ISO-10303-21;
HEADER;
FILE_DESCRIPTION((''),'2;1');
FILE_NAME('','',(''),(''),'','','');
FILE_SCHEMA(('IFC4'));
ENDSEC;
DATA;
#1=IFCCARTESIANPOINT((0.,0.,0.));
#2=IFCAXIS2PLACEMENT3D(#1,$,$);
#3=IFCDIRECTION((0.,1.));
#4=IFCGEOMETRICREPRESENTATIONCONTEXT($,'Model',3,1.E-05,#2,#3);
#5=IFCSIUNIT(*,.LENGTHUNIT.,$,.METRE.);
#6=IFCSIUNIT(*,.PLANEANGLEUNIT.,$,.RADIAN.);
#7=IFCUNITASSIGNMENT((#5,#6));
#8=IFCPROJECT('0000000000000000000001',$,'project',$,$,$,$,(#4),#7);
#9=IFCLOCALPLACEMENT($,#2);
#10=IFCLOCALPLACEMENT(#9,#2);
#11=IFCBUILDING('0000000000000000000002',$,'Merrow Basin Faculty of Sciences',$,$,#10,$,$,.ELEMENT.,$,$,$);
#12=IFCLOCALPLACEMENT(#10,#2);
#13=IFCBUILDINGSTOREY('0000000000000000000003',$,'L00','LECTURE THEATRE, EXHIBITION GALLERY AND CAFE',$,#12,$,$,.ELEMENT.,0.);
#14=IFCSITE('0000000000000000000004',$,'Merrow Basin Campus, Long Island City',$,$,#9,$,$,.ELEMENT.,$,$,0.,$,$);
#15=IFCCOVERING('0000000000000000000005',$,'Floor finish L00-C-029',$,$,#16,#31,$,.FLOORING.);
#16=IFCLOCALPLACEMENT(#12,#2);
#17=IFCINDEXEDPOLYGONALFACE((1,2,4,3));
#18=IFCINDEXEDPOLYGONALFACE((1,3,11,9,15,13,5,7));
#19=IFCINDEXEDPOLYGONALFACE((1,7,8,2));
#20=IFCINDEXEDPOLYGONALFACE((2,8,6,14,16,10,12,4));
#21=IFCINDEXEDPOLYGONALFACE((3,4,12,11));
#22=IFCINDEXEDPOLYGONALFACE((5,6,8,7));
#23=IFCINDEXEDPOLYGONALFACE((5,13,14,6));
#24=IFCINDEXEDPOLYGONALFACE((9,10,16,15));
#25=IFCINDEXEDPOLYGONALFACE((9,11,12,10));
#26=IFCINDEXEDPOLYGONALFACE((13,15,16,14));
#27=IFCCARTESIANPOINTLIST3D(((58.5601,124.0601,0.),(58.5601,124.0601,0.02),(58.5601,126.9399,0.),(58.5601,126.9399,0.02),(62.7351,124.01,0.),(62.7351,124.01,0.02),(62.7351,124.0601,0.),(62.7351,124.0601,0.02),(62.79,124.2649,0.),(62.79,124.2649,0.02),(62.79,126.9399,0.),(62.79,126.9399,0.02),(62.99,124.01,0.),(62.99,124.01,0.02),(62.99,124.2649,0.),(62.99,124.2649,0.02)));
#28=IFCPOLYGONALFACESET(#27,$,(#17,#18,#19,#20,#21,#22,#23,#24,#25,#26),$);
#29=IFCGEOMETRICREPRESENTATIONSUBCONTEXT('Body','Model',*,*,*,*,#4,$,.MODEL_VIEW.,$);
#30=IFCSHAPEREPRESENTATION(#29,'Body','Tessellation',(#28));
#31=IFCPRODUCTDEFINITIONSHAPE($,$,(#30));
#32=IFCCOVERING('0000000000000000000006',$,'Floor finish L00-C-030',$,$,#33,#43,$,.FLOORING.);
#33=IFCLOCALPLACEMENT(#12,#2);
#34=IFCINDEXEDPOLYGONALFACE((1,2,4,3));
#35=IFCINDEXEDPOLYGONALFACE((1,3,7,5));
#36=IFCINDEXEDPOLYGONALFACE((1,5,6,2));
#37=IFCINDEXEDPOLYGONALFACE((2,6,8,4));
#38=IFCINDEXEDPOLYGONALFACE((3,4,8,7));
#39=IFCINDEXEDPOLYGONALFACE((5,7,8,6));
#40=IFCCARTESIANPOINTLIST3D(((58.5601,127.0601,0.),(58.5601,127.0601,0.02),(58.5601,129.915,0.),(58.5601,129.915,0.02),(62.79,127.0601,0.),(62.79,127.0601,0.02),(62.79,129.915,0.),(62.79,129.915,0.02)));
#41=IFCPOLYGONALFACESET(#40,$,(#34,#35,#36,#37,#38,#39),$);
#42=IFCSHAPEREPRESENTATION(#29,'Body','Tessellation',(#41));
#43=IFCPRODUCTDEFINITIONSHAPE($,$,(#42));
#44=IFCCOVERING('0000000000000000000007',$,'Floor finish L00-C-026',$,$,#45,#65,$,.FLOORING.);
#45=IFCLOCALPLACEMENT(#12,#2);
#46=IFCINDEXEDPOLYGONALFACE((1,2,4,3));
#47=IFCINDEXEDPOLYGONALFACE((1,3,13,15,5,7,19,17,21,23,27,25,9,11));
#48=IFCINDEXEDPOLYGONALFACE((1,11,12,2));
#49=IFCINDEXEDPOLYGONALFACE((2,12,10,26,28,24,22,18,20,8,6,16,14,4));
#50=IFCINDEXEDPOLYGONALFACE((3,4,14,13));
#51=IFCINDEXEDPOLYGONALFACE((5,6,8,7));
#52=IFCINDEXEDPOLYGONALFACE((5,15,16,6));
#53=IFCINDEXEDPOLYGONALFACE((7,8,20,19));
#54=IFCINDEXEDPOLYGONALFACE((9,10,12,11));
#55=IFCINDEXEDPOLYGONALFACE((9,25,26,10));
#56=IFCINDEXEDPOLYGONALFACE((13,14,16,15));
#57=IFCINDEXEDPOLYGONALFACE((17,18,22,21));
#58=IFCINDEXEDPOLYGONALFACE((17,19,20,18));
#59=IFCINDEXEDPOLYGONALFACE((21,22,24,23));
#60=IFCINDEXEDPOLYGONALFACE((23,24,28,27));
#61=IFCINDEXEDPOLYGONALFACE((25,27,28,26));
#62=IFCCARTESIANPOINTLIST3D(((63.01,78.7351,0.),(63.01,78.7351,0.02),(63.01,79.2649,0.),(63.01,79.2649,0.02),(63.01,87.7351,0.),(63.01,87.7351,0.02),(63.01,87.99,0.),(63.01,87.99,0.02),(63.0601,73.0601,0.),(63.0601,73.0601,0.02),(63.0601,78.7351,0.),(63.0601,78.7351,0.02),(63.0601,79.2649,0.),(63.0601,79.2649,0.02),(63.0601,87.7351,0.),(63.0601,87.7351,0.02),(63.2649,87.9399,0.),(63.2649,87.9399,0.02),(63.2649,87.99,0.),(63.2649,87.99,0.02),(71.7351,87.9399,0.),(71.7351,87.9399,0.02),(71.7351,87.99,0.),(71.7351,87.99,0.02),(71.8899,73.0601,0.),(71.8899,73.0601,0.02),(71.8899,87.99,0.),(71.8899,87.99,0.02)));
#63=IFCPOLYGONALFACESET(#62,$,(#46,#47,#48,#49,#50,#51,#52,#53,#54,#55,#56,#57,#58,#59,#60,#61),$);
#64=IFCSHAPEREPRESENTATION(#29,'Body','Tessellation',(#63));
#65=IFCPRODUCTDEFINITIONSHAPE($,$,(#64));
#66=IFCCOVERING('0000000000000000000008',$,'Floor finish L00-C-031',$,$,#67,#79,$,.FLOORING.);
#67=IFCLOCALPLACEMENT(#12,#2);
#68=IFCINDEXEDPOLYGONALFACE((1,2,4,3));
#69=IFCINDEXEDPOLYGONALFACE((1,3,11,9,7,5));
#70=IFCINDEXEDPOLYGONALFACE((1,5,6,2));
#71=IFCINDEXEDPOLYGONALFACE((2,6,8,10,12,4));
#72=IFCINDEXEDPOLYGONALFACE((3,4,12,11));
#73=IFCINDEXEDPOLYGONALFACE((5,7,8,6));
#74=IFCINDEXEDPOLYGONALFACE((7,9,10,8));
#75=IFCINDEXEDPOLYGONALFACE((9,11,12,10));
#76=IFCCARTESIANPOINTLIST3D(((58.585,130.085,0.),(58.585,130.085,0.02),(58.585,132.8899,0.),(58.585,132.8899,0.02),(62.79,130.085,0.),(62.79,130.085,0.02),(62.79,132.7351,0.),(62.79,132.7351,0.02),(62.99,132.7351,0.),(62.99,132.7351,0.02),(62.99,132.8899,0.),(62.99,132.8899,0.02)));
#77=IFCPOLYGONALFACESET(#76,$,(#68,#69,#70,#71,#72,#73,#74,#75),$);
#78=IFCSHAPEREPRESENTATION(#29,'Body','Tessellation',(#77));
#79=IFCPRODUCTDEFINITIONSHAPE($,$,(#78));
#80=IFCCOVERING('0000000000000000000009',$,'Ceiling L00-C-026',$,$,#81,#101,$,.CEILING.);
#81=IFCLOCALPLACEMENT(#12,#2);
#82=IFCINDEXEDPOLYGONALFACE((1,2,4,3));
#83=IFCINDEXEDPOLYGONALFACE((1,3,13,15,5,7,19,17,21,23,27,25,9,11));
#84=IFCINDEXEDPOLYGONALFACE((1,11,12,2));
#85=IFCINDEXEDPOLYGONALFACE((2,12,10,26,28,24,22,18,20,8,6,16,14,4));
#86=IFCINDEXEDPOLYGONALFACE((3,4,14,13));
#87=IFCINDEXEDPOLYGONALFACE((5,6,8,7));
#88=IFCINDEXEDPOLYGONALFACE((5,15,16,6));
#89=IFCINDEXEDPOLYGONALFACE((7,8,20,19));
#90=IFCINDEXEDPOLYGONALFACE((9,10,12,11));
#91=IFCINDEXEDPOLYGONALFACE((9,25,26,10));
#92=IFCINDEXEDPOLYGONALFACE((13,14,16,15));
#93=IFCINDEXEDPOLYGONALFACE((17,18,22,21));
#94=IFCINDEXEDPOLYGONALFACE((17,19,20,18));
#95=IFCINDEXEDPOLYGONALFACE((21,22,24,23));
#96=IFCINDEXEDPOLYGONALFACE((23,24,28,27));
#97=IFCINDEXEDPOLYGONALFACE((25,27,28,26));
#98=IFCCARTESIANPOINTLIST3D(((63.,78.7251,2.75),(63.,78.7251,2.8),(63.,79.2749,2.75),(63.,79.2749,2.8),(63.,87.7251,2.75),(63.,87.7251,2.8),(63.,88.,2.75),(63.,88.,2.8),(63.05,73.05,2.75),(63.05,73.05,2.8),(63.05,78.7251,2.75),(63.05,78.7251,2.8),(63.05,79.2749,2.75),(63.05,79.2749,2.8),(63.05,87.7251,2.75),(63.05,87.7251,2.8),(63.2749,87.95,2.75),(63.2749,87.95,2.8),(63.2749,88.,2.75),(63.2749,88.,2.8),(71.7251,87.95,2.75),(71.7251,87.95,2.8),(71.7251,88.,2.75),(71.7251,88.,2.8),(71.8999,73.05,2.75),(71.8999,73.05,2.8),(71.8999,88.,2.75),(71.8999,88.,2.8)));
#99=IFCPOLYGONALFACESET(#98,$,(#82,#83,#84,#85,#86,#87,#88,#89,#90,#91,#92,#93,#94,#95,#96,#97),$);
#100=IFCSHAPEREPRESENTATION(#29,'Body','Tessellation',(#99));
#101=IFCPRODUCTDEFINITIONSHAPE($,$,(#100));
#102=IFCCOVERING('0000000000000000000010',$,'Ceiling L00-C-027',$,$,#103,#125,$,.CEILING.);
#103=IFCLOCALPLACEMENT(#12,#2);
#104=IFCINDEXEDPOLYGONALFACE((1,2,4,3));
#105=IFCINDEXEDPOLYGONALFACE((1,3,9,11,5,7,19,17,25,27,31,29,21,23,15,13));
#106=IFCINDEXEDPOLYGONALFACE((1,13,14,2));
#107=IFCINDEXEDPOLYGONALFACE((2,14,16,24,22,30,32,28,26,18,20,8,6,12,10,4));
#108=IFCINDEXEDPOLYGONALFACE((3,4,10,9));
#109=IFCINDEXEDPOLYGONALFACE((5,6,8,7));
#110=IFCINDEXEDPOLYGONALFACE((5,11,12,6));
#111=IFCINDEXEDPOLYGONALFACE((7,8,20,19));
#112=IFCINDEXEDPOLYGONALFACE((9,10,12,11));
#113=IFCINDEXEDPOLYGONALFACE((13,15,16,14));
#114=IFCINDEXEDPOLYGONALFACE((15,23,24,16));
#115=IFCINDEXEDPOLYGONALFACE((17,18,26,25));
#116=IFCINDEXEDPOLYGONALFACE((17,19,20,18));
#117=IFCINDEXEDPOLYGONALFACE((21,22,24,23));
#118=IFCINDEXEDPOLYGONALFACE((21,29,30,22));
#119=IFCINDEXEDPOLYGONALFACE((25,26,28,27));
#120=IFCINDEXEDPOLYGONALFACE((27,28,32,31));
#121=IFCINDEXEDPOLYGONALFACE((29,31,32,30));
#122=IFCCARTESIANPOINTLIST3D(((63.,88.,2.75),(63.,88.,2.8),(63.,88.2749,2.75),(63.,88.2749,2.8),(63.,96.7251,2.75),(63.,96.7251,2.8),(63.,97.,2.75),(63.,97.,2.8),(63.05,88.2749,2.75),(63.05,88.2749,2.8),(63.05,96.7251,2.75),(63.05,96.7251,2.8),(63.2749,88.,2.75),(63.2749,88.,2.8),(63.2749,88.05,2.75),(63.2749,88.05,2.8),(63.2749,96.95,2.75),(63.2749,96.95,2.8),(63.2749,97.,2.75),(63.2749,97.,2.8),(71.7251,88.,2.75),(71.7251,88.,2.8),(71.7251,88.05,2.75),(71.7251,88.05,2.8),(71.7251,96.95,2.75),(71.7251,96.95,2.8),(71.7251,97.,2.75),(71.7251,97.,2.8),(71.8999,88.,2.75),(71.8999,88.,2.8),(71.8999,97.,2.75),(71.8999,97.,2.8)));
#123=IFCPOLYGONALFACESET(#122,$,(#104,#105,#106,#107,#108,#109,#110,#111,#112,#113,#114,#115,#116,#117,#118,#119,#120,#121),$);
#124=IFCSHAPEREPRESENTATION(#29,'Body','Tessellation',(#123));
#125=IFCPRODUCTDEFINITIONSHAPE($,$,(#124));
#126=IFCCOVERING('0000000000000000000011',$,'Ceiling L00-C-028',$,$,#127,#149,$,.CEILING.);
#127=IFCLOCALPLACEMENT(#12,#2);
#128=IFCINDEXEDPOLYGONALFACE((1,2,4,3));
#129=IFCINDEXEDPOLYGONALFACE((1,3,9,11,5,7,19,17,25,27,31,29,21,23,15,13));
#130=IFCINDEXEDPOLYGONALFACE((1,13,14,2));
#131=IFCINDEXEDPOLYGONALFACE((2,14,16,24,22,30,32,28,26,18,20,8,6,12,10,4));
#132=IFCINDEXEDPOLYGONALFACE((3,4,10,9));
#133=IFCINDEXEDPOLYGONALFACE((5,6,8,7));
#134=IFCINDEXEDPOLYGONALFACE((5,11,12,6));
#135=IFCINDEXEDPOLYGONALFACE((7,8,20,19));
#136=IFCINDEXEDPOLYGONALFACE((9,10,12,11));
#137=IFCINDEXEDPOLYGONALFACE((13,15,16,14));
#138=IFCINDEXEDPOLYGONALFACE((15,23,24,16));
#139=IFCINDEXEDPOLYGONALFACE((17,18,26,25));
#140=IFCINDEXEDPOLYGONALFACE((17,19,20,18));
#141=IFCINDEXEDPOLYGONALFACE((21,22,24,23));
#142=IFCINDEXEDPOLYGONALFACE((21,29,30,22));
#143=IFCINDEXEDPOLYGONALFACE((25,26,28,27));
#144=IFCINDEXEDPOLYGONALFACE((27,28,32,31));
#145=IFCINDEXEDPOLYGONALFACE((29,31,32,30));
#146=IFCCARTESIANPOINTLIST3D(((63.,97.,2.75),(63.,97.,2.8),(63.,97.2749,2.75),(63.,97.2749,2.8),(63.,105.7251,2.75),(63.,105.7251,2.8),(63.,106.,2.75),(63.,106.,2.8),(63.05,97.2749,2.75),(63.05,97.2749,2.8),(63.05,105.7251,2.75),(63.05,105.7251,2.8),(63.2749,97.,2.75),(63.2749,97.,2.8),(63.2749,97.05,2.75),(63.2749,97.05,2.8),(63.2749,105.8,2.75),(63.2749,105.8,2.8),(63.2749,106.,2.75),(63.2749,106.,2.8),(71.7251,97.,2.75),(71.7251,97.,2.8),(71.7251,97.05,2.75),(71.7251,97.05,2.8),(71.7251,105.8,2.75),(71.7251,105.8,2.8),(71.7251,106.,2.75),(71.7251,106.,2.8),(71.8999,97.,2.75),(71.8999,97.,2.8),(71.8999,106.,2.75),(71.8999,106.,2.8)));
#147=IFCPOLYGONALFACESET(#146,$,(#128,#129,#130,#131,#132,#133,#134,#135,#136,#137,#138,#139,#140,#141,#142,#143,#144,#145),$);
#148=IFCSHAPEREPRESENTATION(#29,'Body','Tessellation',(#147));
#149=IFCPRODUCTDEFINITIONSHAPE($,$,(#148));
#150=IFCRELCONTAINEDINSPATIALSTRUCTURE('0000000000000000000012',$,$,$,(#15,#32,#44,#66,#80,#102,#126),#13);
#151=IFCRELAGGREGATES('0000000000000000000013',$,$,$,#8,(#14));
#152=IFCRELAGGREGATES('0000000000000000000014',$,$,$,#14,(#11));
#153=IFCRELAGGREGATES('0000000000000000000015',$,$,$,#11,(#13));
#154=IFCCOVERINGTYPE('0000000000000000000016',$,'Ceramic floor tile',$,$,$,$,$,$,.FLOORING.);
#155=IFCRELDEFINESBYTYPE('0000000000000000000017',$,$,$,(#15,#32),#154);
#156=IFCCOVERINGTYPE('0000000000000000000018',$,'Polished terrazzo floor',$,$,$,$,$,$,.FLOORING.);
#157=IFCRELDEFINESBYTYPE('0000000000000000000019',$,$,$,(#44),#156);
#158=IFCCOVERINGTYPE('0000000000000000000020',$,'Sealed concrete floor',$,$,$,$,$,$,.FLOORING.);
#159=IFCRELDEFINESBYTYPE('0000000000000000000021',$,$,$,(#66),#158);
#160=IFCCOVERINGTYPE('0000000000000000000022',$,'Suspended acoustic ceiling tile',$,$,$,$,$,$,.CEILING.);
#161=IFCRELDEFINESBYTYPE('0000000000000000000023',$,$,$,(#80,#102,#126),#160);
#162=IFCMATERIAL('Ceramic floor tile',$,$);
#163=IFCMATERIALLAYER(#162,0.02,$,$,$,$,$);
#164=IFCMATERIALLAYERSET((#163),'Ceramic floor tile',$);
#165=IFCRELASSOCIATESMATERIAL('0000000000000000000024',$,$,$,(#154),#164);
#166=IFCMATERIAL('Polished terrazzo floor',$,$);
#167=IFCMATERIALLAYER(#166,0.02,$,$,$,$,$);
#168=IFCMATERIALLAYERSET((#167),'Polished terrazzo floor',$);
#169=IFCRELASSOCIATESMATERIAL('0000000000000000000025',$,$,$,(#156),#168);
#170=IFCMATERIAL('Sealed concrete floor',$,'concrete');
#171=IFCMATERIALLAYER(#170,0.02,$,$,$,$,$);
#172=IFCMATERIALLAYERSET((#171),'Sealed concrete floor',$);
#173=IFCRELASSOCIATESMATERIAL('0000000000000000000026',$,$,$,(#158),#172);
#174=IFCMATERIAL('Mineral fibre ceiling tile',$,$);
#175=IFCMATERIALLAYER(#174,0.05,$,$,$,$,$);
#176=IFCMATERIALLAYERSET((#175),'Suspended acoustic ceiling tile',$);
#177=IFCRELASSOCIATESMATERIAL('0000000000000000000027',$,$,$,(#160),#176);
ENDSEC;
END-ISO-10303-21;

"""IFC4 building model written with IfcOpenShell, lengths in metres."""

from ifc_helpers import new_model, si_unit, direction, frame, origin, place, context, subcontext, project, spatial, polyline, outline, extrude, material, layer, layer_set, type_object, element, save


model = new_model("IFC4")

# Units and contexts
model_context = context("Model", 3, precision=1e-05, world=origin(), true_north=direction((0.0, 1.0)))
body_context = subcontext(model_context, "Body", "Model", "MODEL_VIEW")
ifc_project = project(units=[si_unit("LENGTHUNIT", "METRE"), si_unit("PLANEANGLEUNIT", "RADIAN")], contexts=[model_context])

# Site, building, storey
site_placement = place(None, origin())
site = spatial("IfcSite", under=ifc_project, at=site_placement, Name="Merrow Basin Campus, Long Island City", CompositionType="ELEMENT", RefElevation=0.0)
building_placement = place(site_placement, origin())
building = spatial("IfcBuilding", under=site, at=building_placement, Name="Merrow Basin Faculty of Sciences", CompositionType="ELEMENT")
storey_placement = place(building_placement, origin())
storey = spatial("IfcBuildingStorey", under=building, at=storey_placement, Name="L00", Description="LECTURE THEATRE, EXHIBITION GALLERY AND CAFE", CompositionType="ELEMENT", Elevation=0.0)

# Coverings
ifc_material_1 = material(Name="Ceramic floor tile")
ifc_layer_1 = layer(ifc_material_1, 0.02)
ifc_layer_set_1 = layer_set([ifc_layer_1], Name="Ceramic floor tile")
covering_type_1 = type_object("IfcCoveringType", Name="Ceramic floor tile", PredefinedType="FLOORING", material=ifc_layer_set_1)
covering_1_placement = place(storey_placement, origin())
element("IfcCovering", 1, at=covering_1_placement, inside=storey, type_object=covering_type_1, Name="Floor finish L00-C-029", PredefinedType="FLOORING", context=body_context, shape_type="SweptSolid", body=[
    extrude(outline(polyline([(62.99, 124.01), (62.7351, 124.01), (62.7351, 124.0601), (58.5601, 124.0601), (58.5601, 126.9399), (62.79, 126.9399), (62.79, 124.2649), (62.99, 124.2649), (62.99, 124.01)])), origin(), (0.0, 0.0, 1.0), 0.02),
])
covering_2_placement = place(storey_placement, origin())
element("IfcCovering", 2, at=covering_2_placement, inside=storey, type_object=covering_type_1, Name="Floor finish L00-C-030", PredefinedType="FLOORING", context=body_context, shape_type="SweptSolid", body=[
    extrude(outline(polyline([(58.5601, 129.915), (62.79, 129.915), (62.79, 127.0601), (58.5601, 127.0601), (58.5601, 129.915)])), origin(), (0.0, 0.0, 1.0), 0.02),
])
ifc_material_2 = material(Name="Polished terrazzo floor")
ifc_layer_2 = layer(ifc_material_2, 0.02)
ifc_layer_set_2 = layer_set([ifc_layer_2], Name="Polished terrazzo floor")
covering_type_2 = type_object("IfcCoveringType", Name="Polished terrazzo floor", PredefinedType="FLOORING", material=ifc_layer_set_2)
covering_3_placement = place(storey_placement, origin())
element("IfcCovering", 3, at=covering_3_placement, inside=storey, type_object=covering_type_2, Name="Floor finish L00-C-026", PredefinedType="FLOORING", context=body_context, shape_type="SweptSolid", body=[
    extrude(outline(polyline([(63.01, 79.2649), (63.0601, 79.2649), (63.0601, 87.7351), (63.01, 87.7351), (63.01, 87.99), (63.2649, 87.99), (63.2649, 87.9399), (71.7351, 87.9399), (71.7351, 87.99), (71.8899, 87.99), (71.8899, 73.0601), (63.0601, 73.0601), (63.0601, 78.7351), (63.01, 78.7351), (63.01, 79.2649)])), origin(), (0.0, 0.0, 1.0), 0.02),
])
ifc_material_3 = material(Name="Sealed concrete floor", Category="concrete")
ifc_layer_3 = layer(ifc_material_3, 0.02)
ifc_layer_set_3 = layer_set([ifc_layer_3], Name="Sealed concrete floor")
covering_type_3 = type_object("IfcCoveringType", Name="Sealed concrete floor", PredefinedType="FLOORING", material=ifc_layer_set_3)
covering_4_placement = place(storey_placement, origin())
element("IfcCovering", 4, at=covering_4_placement, inside=storey, type_object=covering_type_3, Name="Floor finish L00-C-031", PredefinedType="FLOORING", context=body_context, shape_type="SweptSolid", body=[
    extrude(outline(polyline([(62.99, 132.8899), (62.99, 132.7351), (62.79, 132.7351), (62.79, 130.085), (58.585, 130.085), (58.585, 132.8899), (62.99, 132.8899)])), origin(), (0.0, 0.0, 1.0), 0.02),
])
ifc_material_4 = material(Name="Mineral fibre ceiling tile")
ifc_layer_4 = layer(ifc_material_4, 0.05)
ifc_layer_set_4 = layer_set([ifc_layer_4], Name="Suspended acoustic ceiling tile")
covering_type_4 = type_object("IfcCoveringType", Name="Suspended acoustic ceiling tile", PredefinedType="CEILING", material=ifc_layer_set_4)
covering_5_placement = place(storey_placement, frame((0.0, 0.0, 2.75)))
element("IfcCovering", 5, at=covering_5_placement, inside=storey, type_object=covering_type_4, Name="Ceiling L00-C-026", PredefinedType="CEILING", context=body_context, shape_type="SweptSolid", body=[
    extrude(outline(polyline([(63.0, 79.2749), (63.05, 79.2749), (63.05, 87.7251), (63.0, 87.7251), (63.0, 88.0), (63.2749, 88.0), (63.2749, 87.95), (71.7251, 87.95), (71.7251, 88.0), (71.8999, 88.0), (71.8999, 73.05), (63.05, 73.05), (63.05, 78.7251), (63.0, 78.7251), (63.0, 79.2749)])), origin(), (0.0, 0.0, 1.0), 0.05),
])
covering_6_placement = place(storey_placement, frame((0.0, 0.0, 2.75)))
element("IfcCovering", 6, at=covering_6_placement, inside=storey, type_object=covering_type_4, Name="Ceiling L00-C-027", PredefinedType="CEILING", context=body_context, shape_type="SweptSolid", body=[
    extrude(outline(polyline([(63.0, 88.2749), (63.05, 88.2749), (63.05, 96.7251), (63.0, 96.7251), (63.0, 97.0), (63.2749, 97.0), (63.2749, 96.95), (71.7251, 96.95), (71.7251, 97.0), (71.8999, 97.0), (71.8999, 88.0), (71.7251, 88.0), (71.7251, 88.05), (63.2749, 88.05), (63.2749, 88.0), (63.0, 88.0), (63.0, 88.2749)])), origin(), (0.0, 0.0, 1.0), 0.05),
])
covering_7_placement = place(storey_placement, frame((0.0, 0.0, 2.75)))
element("IfcCovering", 7, at=covering_7_placement, inside=storey, type_object=covering_type_4, Name="Ceiling L00-C-028", PredefinedType="CEILING", context=body_context, shape_type="SweptSolid", body=[
    extrude(outline(polyline([(63.0, 97.2749), (63.05, 97.2749), (63.05, 105.7251), (63.0, 105.7251), (63.0, 106.0), (63.2749, 106.0), (63.2749, 105.8), (71.7251, 105.8), (71.7251, 106.0), (71.8999, 106.0), (71.8999, 97.0), (71.7251, 97.0), (71.7251, 97.05), (63.2749, 97.05), (63.2749, 97.0), (63.0, 97.0), (63.0, 97.2749)])), origin(), (0.0, 0.0, 1.0), 0.05),
])

save(model, "model.ifc")
